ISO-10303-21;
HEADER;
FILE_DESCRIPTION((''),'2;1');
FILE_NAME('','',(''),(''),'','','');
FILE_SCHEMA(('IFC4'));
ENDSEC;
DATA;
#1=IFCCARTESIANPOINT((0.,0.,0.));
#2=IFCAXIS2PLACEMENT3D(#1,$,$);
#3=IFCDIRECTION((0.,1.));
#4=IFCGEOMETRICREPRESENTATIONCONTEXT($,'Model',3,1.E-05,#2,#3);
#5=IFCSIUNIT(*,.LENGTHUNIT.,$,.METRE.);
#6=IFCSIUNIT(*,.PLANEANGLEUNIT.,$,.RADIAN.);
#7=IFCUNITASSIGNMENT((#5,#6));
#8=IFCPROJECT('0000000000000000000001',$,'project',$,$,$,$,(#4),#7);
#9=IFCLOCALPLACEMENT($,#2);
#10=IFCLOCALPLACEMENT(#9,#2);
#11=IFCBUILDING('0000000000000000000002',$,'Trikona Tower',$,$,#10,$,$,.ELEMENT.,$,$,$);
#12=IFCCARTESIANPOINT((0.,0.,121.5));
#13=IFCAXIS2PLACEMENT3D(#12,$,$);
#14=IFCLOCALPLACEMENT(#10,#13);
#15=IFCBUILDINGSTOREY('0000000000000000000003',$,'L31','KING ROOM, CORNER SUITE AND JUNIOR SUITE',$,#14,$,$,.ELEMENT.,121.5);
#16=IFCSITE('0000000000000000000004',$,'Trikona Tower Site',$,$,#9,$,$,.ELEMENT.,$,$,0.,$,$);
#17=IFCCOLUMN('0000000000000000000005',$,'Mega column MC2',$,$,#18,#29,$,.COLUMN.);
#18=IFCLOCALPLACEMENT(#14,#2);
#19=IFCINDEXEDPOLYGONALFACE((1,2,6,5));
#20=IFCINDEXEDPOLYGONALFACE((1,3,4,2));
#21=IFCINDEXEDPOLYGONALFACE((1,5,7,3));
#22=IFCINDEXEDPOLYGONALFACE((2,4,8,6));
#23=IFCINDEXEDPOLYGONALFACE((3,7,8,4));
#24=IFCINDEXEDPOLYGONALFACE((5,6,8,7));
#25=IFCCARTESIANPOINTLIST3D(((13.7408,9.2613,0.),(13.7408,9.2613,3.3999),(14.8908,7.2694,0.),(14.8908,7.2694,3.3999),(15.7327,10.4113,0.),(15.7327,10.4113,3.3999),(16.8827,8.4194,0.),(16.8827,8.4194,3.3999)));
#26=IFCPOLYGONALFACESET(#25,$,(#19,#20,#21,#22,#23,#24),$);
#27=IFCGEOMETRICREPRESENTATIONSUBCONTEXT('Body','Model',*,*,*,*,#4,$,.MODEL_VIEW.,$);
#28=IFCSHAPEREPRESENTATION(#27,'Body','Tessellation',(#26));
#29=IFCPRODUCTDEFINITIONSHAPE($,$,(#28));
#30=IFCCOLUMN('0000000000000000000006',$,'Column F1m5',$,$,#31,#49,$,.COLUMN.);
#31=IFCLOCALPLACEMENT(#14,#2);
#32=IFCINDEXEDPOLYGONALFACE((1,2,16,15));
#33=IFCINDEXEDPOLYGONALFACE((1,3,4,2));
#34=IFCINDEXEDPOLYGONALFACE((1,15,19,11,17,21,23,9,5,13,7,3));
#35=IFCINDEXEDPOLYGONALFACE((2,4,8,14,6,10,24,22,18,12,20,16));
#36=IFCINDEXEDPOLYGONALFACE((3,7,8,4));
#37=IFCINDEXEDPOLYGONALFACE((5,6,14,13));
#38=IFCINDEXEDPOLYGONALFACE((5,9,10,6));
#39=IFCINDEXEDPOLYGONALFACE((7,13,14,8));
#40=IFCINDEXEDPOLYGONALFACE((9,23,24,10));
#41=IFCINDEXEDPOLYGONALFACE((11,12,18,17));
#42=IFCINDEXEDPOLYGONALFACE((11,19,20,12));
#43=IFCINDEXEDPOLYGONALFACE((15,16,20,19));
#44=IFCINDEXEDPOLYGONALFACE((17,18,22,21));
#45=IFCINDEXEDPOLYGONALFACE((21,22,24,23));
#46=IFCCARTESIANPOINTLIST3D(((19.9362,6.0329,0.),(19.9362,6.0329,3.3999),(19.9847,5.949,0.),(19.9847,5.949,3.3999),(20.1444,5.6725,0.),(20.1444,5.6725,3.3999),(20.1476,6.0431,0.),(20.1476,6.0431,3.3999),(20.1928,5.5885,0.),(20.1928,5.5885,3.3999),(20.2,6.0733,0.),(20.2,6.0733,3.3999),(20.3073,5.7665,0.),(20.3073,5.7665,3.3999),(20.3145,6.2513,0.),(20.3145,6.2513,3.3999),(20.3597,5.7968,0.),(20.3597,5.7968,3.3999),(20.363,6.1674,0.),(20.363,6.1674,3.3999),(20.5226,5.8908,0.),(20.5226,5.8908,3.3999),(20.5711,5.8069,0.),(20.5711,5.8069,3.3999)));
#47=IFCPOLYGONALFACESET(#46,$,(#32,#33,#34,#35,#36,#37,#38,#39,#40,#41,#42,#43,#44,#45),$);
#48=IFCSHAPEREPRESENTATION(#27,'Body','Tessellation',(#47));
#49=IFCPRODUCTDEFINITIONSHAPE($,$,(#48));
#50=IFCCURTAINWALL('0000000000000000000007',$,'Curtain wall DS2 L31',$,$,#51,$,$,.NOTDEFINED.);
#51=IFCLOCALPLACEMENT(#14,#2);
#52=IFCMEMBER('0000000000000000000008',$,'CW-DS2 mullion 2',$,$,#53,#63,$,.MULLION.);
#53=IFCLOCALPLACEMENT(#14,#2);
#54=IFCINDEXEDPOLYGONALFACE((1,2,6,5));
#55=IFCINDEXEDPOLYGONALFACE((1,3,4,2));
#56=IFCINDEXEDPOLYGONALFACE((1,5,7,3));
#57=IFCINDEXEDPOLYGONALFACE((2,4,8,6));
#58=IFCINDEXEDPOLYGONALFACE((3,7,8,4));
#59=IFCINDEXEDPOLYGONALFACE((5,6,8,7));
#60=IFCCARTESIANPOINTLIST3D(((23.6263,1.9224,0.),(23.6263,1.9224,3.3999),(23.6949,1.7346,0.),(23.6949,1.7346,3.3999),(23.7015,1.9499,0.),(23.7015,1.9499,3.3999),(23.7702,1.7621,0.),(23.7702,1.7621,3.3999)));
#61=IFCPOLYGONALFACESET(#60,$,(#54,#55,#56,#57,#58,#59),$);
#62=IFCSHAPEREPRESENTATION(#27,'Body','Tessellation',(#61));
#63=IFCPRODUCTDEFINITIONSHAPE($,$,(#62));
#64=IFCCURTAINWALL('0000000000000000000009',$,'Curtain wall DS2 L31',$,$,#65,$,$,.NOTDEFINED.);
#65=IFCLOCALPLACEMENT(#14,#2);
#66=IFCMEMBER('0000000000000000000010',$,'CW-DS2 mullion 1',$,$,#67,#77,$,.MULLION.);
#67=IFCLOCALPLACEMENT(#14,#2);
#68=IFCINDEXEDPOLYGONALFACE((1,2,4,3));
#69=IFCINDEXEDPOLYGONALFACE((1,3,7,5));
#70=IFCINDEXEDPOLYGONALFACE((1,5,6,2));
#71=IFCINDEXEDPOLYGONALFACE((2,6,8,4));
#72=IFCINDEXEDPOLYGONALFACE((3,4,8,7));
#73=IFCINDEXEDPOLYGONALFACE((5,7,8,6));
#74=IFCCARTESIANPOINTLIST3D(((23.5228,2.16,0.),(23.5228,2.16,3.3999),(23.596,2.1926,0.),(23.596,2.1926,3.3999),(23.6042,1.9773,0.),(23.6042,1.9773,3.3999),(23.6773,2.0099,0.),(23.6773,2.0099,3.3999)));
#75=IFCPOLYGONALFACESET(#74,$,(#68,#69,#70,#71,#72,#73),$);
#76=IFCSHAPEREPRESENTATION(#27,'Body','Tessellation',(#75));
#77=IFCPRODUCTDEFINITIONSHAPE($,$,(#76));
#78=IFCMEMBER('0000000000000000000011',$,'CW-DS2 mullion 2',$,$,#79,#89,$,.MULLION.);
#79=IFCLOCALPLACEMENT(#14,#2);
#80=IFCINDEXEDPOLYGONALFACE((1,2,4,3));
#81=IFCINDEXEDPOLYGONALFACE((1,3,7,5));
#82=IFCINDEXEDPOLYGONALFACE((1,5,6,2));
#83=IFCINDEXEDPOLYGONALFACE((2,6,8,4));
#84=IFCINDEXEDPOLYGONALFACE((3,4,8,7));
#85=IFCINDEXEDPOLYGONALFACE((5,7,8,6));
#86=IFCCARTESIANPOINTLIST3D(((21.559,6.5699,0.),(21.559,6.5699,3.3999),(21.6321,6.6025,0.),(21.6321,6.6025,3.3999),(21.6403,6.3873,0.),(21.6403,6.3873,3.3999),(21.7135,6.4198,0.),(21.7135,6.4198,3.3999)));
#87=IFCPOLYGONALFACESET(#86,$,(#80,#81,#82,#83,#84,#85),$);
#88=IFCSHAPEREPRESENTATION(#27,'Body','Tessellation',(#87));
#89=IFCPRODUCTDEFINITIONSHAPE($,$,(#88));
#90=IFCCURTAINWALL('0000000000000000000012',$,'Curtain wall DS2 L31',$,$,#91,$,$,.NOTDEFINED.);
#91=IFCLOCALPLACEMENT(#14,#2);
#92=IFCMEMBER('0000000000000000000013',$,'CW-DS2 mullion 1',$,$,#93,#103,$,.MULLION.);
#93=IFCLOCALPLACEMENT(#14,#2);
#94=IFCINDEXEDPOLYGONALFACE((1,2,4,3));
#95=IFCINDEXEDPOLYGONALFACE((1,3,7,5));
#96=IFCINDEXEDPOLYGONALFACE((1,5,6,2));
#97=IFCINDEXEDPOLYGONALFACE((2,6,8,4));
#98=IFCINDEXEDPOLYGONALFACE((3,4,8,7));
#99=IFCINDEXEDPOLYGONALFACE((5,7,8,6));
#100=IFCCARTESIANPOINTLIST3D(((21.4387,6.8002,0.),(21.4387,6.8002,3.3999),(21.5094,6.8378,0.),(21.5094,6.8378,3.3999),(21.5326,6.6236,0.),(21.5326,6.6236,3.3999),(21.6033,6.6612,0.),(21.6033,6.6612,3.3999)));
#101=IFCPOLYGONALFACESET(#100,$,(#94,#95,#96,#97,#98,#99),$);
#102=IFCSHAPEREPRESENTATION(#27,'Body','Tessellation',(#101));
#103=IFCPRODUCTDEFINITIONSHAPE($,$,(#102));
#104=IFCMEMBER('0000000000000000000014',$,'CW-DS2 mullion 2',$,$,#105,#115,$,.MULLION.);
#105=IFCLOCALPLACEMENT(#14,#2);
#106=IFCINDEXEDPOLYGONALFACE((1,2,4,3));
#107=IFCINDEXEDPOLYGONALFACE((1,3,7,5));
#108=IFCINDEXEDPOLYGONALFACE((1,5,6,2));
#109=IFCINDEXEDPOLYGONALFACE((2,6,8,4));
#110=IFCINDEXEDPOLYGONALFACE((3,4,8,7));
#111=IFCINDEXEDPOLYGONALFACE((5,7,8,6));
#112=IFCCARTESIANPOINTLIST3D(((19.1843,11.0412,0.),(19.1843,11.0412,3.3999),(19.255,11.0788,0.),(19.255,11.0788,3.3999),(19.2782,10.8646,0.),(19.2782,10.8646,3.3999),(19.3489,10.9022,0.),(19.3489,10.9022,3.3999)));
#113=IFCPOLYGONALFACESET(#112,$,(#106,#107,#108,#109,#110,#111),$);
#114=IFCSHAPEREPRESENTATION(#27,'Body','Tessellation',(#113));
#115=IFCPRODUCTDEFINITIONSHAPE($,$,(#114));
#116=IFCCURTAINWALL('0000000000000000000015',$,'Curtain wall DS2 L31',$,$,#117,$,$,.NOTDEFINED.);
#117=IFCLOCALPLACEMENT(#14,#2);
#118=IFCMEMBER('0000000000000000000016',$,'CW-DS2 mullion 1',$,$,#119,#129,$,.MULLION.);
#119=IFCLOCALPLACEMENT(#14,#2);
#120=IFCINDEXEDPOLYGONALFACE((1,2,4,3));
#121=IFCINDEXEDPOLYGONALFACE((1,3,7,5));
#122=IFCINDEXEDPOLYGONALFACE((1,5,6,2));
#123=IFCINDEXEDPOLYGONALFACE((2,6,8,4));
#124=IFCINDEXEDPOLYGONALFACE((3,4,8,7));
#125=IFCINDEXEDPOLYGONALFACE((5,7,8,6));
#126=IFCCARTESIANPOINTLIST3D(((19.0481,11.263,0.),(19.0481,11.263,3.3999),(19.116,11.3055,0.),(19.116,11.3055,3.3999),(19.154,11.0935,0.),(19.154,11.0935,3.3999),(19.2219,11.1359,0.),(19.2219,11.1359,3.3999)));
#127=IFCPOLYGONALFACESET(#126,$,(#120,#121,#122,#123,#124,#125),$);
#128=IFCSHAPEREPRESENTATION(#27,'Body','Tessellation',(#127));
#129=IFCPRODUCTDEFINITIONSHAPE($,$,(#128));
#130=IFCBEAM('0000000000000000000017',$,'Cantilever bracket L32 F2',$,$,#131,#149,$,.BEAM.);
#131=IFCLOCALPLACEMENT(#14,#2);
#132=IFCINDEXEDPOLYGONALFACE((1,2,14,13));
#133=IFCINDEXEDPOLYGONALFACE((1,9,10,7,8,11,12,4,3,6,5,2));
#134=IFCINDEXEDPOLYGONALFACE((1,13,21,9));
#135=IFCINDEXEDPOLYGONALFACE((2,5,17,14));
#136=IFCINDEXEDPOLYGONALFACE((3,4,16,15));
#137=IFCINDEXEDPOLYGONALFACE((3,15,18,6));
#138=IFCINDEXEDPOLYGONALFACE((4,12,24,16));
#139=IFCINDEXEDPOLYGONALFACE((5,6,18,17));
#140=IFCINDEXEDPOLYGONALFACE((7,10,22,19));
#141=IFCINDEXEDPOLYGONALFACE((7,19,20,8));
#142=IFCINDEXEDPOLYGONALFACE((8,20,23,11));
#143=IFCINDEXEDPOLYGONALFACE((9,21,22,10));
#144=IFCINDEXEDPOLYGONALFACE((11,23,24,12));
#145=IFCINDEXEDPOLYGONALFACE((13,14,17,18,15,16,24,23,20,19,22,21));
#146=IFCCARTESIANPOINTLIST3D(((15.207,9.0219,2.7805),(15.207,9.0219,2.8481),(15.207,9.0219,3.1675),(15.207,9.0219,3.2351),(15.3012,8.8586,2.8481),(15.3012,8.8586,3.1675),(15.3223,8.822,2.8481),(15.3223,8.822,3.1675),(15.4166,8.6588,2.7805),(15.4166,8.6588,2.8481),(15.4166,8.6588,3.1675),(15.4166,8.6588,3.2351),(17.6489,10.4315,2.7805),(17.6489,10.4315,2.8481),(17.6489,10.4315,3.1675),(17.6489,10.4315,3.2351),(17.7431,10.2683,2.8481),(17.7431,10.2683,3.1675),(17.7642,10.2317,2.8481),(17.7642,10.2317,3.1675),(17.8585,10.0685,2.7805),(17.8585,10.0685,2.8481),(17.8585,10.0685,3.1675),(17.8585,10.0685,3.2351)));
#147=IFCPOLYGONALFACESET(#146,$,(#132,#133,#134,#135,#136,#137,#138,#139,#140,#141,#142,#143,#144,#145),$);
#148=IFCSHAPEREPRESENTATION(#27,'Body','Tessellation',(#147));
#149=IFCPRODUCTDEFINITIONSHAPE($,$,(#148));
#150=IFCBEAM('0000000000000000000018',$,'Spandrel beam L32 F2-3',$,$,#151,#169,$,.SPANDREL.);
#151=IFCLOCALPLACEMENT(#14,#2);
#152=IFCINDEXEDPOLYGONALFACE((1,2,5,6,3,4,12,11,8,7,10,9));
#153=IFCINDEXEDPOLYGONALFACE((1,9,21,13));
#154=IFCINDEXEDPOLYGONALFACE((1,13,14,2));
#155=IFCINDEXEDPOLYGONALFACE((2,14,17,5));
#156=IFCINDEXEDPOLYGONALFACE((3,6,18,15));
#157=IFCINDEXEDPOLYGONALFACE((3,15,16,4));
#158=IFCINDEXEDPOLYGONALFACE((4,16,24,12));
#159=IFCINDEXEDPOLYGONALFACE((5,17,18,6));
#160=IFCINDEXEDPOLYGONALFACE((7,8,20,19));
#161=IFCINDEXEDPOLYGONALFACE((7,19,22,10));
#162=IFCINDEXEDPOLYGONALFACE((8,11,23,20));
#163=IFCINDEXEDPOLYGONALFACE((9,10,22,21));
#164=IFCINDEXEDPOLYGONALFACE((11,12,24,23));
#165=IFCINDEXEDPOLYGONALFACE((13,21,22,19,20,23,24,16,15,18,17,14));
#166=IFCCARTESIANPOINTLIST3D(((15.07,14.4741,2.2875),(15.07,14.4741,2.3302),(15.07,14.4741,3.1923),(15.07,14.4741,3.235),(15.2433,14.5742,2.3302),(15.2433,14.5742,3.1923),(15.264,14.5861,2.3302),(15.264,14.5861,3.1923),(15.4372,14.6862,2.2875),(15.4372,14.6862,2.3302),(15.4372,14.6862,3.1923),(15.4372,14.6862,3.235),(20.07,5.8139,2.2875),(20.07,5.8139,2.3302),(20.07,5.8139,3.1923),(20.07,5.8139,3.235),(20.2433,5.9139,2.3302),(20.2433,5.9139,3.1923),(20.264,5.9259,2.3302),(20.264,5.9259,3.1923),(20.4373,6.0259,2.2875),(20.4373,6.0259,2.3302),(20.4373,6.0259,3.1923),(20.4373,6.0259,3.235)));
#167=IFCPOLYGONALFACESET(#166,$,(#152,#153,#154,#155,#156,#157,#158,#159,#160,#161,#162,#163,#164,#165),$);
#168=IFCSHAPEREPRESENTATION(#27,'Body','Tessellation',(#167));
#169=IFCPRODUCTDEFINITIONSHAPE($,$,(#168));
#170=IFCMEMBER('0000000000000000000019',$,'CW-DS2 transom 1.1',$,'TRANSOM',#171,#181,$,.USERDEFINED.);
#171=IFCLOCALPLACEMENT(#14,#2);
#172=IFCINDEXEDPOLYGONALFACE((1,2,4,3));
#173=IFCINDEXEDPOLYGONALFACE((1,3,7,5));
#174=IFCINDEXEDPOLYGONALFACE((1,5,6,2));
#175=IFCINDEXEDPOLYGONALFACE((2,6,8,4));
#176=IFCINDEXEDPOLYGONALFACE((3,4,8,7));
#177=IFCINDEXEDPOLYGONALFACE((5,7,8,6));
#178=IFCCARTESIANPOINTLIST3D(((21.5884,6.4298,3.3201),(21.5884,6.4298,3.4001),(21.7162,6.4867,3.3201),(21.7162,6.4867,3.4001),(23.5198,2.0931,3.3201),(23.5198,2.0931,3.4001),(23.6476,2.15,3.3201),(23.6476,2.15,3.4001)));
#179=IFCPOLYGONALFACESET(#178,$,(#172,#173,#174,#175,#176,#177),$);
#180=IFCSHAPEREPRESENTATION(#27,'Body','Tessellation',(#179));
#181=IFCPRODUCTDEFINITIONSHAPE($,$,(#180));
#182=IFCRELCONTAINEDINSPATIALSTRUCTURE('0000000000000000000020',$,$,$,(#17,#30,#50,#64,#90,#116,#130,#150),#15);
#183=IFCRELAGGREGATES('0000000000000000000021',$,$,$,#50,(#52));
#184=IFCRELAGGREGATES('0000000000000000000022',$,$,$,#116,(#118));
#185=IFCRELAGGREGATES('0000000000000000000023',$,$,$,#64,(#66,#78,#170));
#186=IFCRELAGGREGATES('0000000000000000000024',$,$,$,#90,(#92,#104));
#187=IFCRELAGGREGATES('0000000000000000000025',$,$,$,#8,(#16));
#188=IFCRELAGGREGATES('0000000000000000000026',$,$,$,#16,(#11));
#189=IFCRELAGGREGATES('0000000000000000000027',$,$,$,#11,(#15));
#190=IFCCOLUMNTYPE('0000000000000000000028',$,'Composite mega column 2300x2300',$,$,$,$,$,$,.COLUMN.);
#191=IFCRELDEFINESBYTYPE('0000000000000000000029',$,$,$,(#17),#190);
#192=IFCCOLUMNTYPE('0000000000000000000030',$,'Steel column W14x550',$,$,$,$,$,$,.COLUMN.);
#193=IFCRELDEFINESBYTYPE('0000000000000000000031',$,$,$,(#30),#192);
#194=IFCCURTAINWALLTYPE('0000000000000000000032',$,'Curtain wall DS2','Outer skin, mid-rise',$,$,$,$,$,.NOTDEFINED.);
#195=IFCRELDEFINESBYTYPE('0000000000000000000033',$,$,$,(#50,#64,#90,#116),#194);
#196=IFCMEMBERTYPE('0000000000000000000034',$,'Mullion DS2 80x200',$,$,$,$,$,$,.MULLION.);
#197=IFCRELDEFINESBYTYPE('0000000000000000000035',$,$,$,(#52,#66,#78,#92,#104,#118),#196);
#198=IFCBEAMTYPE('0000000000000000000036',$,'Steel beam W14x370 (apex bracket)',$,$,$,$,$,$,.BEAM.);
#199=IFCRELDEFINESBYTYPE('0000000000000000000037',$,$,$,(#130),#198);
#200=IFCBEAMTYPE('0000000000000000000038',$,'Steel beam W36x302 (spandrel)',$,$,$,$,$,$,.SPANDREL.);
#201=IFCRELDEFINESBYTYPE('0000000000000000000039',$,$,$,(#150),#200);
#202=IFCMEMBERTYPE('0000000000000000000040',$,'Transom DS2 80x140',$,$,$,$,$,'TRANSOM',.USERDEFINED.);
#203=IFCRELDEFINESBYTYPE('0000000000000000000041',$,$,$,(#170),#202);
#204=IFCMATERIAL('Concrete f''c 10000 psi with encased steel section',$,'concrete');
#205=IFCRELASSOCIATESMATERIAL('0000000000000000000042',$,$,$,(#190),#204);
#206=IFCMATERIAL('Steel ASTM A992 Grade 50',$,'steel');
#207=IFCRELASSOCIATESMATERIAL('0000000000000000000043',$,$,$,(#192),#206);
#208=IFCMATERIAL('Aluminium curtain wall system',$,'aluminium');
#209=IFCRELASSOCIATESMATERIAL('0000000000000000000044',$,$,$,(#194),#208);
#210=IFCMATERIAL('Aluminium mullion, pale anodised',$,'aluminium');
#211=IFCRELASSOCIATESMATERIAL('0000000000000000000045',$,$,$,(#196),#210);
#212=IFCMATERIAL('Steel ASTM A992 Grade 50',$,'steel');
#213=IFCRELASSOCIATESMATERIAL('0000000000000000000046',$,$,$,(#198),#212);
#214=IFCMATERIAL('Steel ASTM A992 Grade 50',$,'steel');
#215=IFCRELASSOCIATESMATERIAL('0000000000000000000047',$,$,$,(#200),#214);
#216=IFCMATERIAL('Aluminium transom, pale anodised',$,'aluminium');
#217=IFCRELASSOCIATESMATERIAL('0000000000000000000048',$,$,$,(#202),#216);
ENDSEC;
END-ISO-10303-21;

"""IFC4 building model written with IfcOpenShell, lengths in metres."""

from ifc_helpers import new_model, si_unit, direction, frame, origin, origin_2d, place, context, subcontext, project, spatial, rectangle, i_section, extrude, material, material_profile, profile_set, type_object, element, aggregate, save


model = new_model("IFC4")

# Units and contexts
model_context = context("Model", 3, precision=1e-05, world=origin(), true_north=direction((0.0, 1.0)))
body_context = subcontext(model_context, "Body", "Model", "MODEL_VIEW")
ifc_project = project(units=[si_unit("LENGTHUNIT", "METRE"), si_unit("PLANEANGLEUNIT", "RADIAN")], contexts=[model_context])

# Site, building, storey
site_placement = place(None, origin())
site = spatial("IfcSite", under=ifc_project, at=site_placement, Name="Trikona Tower Site", CompositionType="ELEMENT", RefElevation=0.0)
building_placement = place(site_placement, origin())
building = spatial("IfcBuilding", under=site, at=building_placement, Name="Trikona Tower", CompositionType="ELEMENT")
storey_placement = place(building_placement, frame((0.0, 0.0, 121.5)))
storey = spatial("IfcBuildingStorey", under=building, at=storey_placement, Name="L31", Description="KING ROOM, CORNER SUITE AND JUNIOR SUITE", CompositionType="ELEMENT", Elevation=121.5)

# Columns
ifc_material_1 = material(Name="Concrete f'c 10000 psi with encased steel section", Category="concrete")
ifc_material_profile_1 = material_profile(ifc_material_1, rectangle(XDim=2.3, YDim=2.3, at=origin_2d()), Name="MC2300")
ifc_profile_set_1 = profile_set([ifc_material_profile_1], Name="Concrete f'c 10000 psi with encased steel section")
column_type_1 = type_object("IfcColumnType", Name="Composite mega column 2300x2300", PredefinedType="COLUMN", material=ifc_profile_set_1)
column_1_placement = place(storey_placement, frame((15.3118, 8.8403, 0.0), z_axis=(0.0, 0.0, 1.0), x_axis=(0.866025, 0.5, 0.0)))
element("IfcColumn", 1, at=column_1_placement, inside=storey, type_object=column_type_1, Name="Mega column MC2", PredefinedType="COLUMN", context=body_context, shape_type="SweptSolid", body=[
    extrude(rectangle(XDim=2.3, YDim=2.3, at=origin_2d()), origin(), (0.0, 0.0, 1.0), 3.3999),
])
ifc_material_2 = material(Name="Steel ASTM A992 Grade 50", Category="steel")
ifc_material_profile_2 = material_profile(ifc_material_2, i_section(OverallWidth=0.4368, OverallDepth=0.5132, WebThickness=0.0605, FlangeThickness=0.0969, at=origin_2d()), Name="W14X550")
ifc_profile_set_2 = profile_set([ifc_material_profile_2], Name="Steel ASTM A992 Grade 50")
column_type_2 = type_object("IfcColumnType", Name="Steel column W14x550", PredefinedType="COLUMN", material=ifc_profile_set_2)
column_2_placement = place(storey_placement, frame((20.2537, 5.9199, 0.0), z_axis=(0.0, 0.0, 1.0), x_axis=(0.866025, 0.5, 0.0)))
element("IfcColumn", 2, at=column_2_placement, inside=storey, type_object=column_type_2, Name="Column F1m5", PredefinedType="COLUMN", context=body_context, shape_type="SweptSolid", body=[
    extrude(i_section(OverallWidth=0.4368, OverallDepth=0.5132, WebThickness=0.0605, FlangeThickness=0.0969, at=origin_2d()), origin(), (0.0, 0.0, 1.0), 3.3999),
])

# Curtain wall, member
ifc_material_3 = material(Name="Aluminium curtain wall system", Category="aluminium")
curtain_wall_type = type_object("IfcCurtainWallType", Name="Curtain wall DS2", Description="Outer skin, mid-rise", PredefinedType="NOTDEFINED", material=ifc_material_3)
curtain_wall_1_placement = place(storey_placement, origin())
curtain_wall_1 = element("IfcCurtainWall", 3, at=curtain_wall_1_placement, inside=storey, type_object=curtain_wall_type, Name="Curtain wall DS2 L31", PredefinedType="NOTDEFINED")
ifc_material_4 = material(Name="Aluminium mullion, pale anodised", Category="aluminium")
ifc_material_profile_3 = material_profile(ifc_material_4, rectangle(XDim=0.0801, YDim=0.2, at=origin_2d()), Name="MUL-DS2")
ifc_profile_set_3 = profile_set([ifc_material_profile_3], Name="Aluminium mullion, pale anodised")
member_type_1 = type_object("IfcMemberType", Name="Mullion DS2 80x200", PredefinedType="MULLION", material=ifc_profile_set_3)
member_1_placement = place(storey_placement, frame((23.6982, 1.8423, 0.0), z_axis=(0.0, 0.0, 1.0), x_axis=(-0.939254, -0.343223, 0.0)))
member_1 = element("IfcMember", 4, at=member_1_placement, type_object=member_type_1, Name="CW-DS2 mullion 2", PredefinedType="MULLION", context=body_context, shape_type="SweptSolid", body=[
    extrude(rectangle(XDim=0.0801, YDim=0.2, at=origin_2d()), origin(), (0.0, 0.0, 1.0), 3.3999),
])
aggregate(curtain_wall_1, [member_1])

# Curtain walls, members
curtain_wall_2_placement = place(storey_placement, origin())
curtain_wall_2 = element("IfcCurtainWall", 5, at=curtain_wall_2_placement, inside=storey, type_object=curtain_wall_type, Name="Curtain wall DS2 L31", PredefinedType="NOTDEFINED")
member_2_placement = place(storey_placement, frame((23.6001, 2.085, 0.0), z_axis=(0.0, 0.0, 1.0), x_axis=(-0.913501, -0.406836, 0.0)))
member_2 = element("IfcMember", 6, at=member_2_placement, type_object=member_type_1, Name="CW-DS2 mullion 1", PredefinedType="MULLION", context=body_context, shape_type="SweptSolid", body=[
    extrude(rectangle(XDim=0.0801, YDim=0.2, at=origin_2d()), origin(), (0.0, 0.0, 1.0), 3.3999),
])
member_3_placement = place(storey_placement, frame((21.6362, 6.4949, 0.0), z_axis=(0.0, 0.0, 1.0), x_axis=(-0.913501, -0.406836, 0.0)))
member_3 = element("IfcMember", 7, at=member_3_placement, type_object=member_type_1, Name="CW-DS2 mullion 2", PredefinedType="MULLION", context=body_context, shape_type="SweptSolid", body=[
    extrude(rectangle(XDim=0.0801, YDim=0.2, at=origin_2d()), origin(), (0.0, 0.0, 1.0), 3.3999),
])
curtain_wall_3_placement = place(storey_placement, origin())
curtain_wall_3 = element("IfcCurtainWall", 8, at=curtain_wall_3_placement, inside=storey, type_object=curtain_wall_type, Name="Curtain wall DS2 L31", PredefinedType="NOTDEFINED")
member_4_placement = place(storey_placement, frame((21.521, 6.7307, 0.0), z_axis=(0.0, 0.0, 1.0), x_axis=(-0.882996, -0.46938, 0.0)))
member_4 = element("IfcMember", 9, at=member_4_placement, type_object=member_type_1, Name="CW-DS2 mullion 1", PredefinedType="MULLION", context=body_context, shape_type="SweptSolid", body=[
    extrude(rectangle(XDim=0.0801, YDim=0.2, at=origin_2d()), origin(), (0.0, 0.0, 1.0), 3.3999),
])
member_5_placement = place(storey_placement, frame((19.2666, 10.9717, 0.0), z_axis=(0.0, 0.0, 1.0), x_axis=(-0.882996, -0.46938, 0.0)))
member_5 = element("IfcMember", 10, at=member_5_placement, type_object=member_type_1, Name="CW-DS2 mullion 2", PredefinedType="MULLION", context=body_context, shape_type="SweptSolid", body=[
    extrude(rectangle(XDim=0.0801, YDim=0.2, at=origin_2d()), origin(), (0.0, 0.0, 1.0), 3.3999),
])

# Curtain wall, member
curtain_wall_4_placement = place(storey_placement, origin())
curtain_wall_4 = element("IfcCurtainWall", 11, at=curtain_wall_4_placement, inside=storey, type_object=curtain_wall_type, Name="Curtain wall DS2 L31", PredefinedType="NOTDEFINED")
member_6_placement = place(storey_placement, frame((19.135, 11.1995, 0.0), z_axis=(0.0, 0.0, 1.0), x_axis=(-0.847998, -0.529999, 0.0)))
member_6 = element("IfcMember", 12, at=member_6_placement, type_object=member_type_1, Name="CW-DS2 mullion 1", PredefinedType="MULLION", context=body_context, shape_type="SweptSolid", body=[
    extrude(rectangle(XDim=0.0801, YDim=0.2, at=origin_2d()), origin(), (0.0, 0.0, 1.0), 3.3999),
])
aggregate(curtain_wall_4, [member_6])

# Beams
ifc_material_5 = material(Name="Steel ASTM A992 Grade 50", Category="steel")
ifc_material_profile_4 = material_profile(ifc_material_5, i_section(OverallWidth=0.4192, OverallDepth=0.4546, WebThickness=0.0422, FlangeThickness=0.0676, at=origin_2d()), Name="W14X370")
ifc_profile_set_4 = profile_set([ifc_material_profile_4], Name="Steel ASTM A992 Grade 50")
beam_type_1 = type_object("IfcBeamType", Name="Steel beam W14x370 (apex bracket)", PredefinedType="BEAM", material=ifc_profile_set_4)
beam_1_placement = place(storey_placement, frame((15.3118, 8.8403, 3.0078), z_axis=(0.86605, 0.499957, 0.0), x_axis=(-0.499957, 0.86605, 0.0)))
element("IfcBeam", 13, at=beam_1_placement, inside=storey, type_object=beam_type_1, Name="Cantilever bracket L32 F2", PredefinedType="BEAM", context=body_context, shape_type="SweptSolid", body=[
    extrude(i_section(OverallWidth=0.4192, OverallDepth=0.4546, WebThickness=0.0422, FlangeThickness=0.0676, at=origin_2d()), origin(), (0.0, 0.0, 1.0), 2.8196),
])
ifc_material_6 = material(Name="Steel ASTM A992 Grade 50", Category="steel")
ifc_material_profile_5 = material_profile(ifc_material_6, i_section(OverallWidth=0.4241, OverallDepth=0.9475, WebThickness=0.0239, FlangeThickness=0.0427, at=origin_2d()), Name="W36X302")
ifc_profile_set_5 = profile_set([ifc_material_profile_5], Name="Steel ASTM A992 Grade 50")
beam_type_2 = type_object("IfcBeamType", Name="Steel beam W36x302 (spandrel)", PredefinedType="SPANDREL", material=ifc_profile_set_5)
beam_2_placement = place(storey_placement, frame((20.2537, 5.9199, 2.7612), z_axis=(-0.500004, 0.866023, 0.0), x_axis=(-0.866023, -0.500004, 0.0)))
element("IfcBeam", 14, at=beam_2_placement, inside=storey, type_object=beam_type_2, Name="Spandrel beam L32 F2-3", PredefinedType="SPANDREL", context=body_context, shape_type="SweptSolid", body=[
    extrude(i_section(OverallWidth=0.4241, OverallDepth=0.9475, WebThickness=0.0239, FlangeThickness=0.0427, at=origin_2d()), origin(), (0.0, 0.0, 1.0), 10.0),
])

# Member
ifc_material_7 = material(Name="Aluminium transom, pale anodised", Category="aluminium")
ifc_material_profile_6 = material_profile(ifc_material_7, rectangle(XDim=0.1399, YDim=0.0801, at=origin_2d()), Name="TRN-DS2")
ifc_profile_set_6 = profile_set([ifc_material_profile_6], Name="Aluminium transom, pale anodised")
member_type_2 = type_object("IfcMemberType", Name="Transom DS2 80x140", ElementType="TRANSOM", PredefinedType="USERDEFINED", material=ifc_profile_set_6)
member_7_placement = place(storey_placement, frame((23.5837, 2.1216, 3.3601), z_axis=(-0.40684, 0.9135, 0.0), x_axis=(-0.9135, -0.40684, 0.0)))
member_7 = element("IfcMember", 15, at=member_7_placement, type_object=member_type_2, Name="CW-DS2 transom 1.1", ObjectType="TRANSOM", PredefinedType="USERDEFINED", context=body_context, shape_type="SweptSolid", body=[
    extrude(rectangle(XDim=0.1399, YDim=0.0801, at=origin_2d()), origin(), (0.0, 0.0, 1.0), 4.7473),
])

aggregate(curtain_wall_2, [member_2, member_3, member_7])
aggregate(curtain_wall_3, [member_4, member_5])

save(model, "model.ifc")
